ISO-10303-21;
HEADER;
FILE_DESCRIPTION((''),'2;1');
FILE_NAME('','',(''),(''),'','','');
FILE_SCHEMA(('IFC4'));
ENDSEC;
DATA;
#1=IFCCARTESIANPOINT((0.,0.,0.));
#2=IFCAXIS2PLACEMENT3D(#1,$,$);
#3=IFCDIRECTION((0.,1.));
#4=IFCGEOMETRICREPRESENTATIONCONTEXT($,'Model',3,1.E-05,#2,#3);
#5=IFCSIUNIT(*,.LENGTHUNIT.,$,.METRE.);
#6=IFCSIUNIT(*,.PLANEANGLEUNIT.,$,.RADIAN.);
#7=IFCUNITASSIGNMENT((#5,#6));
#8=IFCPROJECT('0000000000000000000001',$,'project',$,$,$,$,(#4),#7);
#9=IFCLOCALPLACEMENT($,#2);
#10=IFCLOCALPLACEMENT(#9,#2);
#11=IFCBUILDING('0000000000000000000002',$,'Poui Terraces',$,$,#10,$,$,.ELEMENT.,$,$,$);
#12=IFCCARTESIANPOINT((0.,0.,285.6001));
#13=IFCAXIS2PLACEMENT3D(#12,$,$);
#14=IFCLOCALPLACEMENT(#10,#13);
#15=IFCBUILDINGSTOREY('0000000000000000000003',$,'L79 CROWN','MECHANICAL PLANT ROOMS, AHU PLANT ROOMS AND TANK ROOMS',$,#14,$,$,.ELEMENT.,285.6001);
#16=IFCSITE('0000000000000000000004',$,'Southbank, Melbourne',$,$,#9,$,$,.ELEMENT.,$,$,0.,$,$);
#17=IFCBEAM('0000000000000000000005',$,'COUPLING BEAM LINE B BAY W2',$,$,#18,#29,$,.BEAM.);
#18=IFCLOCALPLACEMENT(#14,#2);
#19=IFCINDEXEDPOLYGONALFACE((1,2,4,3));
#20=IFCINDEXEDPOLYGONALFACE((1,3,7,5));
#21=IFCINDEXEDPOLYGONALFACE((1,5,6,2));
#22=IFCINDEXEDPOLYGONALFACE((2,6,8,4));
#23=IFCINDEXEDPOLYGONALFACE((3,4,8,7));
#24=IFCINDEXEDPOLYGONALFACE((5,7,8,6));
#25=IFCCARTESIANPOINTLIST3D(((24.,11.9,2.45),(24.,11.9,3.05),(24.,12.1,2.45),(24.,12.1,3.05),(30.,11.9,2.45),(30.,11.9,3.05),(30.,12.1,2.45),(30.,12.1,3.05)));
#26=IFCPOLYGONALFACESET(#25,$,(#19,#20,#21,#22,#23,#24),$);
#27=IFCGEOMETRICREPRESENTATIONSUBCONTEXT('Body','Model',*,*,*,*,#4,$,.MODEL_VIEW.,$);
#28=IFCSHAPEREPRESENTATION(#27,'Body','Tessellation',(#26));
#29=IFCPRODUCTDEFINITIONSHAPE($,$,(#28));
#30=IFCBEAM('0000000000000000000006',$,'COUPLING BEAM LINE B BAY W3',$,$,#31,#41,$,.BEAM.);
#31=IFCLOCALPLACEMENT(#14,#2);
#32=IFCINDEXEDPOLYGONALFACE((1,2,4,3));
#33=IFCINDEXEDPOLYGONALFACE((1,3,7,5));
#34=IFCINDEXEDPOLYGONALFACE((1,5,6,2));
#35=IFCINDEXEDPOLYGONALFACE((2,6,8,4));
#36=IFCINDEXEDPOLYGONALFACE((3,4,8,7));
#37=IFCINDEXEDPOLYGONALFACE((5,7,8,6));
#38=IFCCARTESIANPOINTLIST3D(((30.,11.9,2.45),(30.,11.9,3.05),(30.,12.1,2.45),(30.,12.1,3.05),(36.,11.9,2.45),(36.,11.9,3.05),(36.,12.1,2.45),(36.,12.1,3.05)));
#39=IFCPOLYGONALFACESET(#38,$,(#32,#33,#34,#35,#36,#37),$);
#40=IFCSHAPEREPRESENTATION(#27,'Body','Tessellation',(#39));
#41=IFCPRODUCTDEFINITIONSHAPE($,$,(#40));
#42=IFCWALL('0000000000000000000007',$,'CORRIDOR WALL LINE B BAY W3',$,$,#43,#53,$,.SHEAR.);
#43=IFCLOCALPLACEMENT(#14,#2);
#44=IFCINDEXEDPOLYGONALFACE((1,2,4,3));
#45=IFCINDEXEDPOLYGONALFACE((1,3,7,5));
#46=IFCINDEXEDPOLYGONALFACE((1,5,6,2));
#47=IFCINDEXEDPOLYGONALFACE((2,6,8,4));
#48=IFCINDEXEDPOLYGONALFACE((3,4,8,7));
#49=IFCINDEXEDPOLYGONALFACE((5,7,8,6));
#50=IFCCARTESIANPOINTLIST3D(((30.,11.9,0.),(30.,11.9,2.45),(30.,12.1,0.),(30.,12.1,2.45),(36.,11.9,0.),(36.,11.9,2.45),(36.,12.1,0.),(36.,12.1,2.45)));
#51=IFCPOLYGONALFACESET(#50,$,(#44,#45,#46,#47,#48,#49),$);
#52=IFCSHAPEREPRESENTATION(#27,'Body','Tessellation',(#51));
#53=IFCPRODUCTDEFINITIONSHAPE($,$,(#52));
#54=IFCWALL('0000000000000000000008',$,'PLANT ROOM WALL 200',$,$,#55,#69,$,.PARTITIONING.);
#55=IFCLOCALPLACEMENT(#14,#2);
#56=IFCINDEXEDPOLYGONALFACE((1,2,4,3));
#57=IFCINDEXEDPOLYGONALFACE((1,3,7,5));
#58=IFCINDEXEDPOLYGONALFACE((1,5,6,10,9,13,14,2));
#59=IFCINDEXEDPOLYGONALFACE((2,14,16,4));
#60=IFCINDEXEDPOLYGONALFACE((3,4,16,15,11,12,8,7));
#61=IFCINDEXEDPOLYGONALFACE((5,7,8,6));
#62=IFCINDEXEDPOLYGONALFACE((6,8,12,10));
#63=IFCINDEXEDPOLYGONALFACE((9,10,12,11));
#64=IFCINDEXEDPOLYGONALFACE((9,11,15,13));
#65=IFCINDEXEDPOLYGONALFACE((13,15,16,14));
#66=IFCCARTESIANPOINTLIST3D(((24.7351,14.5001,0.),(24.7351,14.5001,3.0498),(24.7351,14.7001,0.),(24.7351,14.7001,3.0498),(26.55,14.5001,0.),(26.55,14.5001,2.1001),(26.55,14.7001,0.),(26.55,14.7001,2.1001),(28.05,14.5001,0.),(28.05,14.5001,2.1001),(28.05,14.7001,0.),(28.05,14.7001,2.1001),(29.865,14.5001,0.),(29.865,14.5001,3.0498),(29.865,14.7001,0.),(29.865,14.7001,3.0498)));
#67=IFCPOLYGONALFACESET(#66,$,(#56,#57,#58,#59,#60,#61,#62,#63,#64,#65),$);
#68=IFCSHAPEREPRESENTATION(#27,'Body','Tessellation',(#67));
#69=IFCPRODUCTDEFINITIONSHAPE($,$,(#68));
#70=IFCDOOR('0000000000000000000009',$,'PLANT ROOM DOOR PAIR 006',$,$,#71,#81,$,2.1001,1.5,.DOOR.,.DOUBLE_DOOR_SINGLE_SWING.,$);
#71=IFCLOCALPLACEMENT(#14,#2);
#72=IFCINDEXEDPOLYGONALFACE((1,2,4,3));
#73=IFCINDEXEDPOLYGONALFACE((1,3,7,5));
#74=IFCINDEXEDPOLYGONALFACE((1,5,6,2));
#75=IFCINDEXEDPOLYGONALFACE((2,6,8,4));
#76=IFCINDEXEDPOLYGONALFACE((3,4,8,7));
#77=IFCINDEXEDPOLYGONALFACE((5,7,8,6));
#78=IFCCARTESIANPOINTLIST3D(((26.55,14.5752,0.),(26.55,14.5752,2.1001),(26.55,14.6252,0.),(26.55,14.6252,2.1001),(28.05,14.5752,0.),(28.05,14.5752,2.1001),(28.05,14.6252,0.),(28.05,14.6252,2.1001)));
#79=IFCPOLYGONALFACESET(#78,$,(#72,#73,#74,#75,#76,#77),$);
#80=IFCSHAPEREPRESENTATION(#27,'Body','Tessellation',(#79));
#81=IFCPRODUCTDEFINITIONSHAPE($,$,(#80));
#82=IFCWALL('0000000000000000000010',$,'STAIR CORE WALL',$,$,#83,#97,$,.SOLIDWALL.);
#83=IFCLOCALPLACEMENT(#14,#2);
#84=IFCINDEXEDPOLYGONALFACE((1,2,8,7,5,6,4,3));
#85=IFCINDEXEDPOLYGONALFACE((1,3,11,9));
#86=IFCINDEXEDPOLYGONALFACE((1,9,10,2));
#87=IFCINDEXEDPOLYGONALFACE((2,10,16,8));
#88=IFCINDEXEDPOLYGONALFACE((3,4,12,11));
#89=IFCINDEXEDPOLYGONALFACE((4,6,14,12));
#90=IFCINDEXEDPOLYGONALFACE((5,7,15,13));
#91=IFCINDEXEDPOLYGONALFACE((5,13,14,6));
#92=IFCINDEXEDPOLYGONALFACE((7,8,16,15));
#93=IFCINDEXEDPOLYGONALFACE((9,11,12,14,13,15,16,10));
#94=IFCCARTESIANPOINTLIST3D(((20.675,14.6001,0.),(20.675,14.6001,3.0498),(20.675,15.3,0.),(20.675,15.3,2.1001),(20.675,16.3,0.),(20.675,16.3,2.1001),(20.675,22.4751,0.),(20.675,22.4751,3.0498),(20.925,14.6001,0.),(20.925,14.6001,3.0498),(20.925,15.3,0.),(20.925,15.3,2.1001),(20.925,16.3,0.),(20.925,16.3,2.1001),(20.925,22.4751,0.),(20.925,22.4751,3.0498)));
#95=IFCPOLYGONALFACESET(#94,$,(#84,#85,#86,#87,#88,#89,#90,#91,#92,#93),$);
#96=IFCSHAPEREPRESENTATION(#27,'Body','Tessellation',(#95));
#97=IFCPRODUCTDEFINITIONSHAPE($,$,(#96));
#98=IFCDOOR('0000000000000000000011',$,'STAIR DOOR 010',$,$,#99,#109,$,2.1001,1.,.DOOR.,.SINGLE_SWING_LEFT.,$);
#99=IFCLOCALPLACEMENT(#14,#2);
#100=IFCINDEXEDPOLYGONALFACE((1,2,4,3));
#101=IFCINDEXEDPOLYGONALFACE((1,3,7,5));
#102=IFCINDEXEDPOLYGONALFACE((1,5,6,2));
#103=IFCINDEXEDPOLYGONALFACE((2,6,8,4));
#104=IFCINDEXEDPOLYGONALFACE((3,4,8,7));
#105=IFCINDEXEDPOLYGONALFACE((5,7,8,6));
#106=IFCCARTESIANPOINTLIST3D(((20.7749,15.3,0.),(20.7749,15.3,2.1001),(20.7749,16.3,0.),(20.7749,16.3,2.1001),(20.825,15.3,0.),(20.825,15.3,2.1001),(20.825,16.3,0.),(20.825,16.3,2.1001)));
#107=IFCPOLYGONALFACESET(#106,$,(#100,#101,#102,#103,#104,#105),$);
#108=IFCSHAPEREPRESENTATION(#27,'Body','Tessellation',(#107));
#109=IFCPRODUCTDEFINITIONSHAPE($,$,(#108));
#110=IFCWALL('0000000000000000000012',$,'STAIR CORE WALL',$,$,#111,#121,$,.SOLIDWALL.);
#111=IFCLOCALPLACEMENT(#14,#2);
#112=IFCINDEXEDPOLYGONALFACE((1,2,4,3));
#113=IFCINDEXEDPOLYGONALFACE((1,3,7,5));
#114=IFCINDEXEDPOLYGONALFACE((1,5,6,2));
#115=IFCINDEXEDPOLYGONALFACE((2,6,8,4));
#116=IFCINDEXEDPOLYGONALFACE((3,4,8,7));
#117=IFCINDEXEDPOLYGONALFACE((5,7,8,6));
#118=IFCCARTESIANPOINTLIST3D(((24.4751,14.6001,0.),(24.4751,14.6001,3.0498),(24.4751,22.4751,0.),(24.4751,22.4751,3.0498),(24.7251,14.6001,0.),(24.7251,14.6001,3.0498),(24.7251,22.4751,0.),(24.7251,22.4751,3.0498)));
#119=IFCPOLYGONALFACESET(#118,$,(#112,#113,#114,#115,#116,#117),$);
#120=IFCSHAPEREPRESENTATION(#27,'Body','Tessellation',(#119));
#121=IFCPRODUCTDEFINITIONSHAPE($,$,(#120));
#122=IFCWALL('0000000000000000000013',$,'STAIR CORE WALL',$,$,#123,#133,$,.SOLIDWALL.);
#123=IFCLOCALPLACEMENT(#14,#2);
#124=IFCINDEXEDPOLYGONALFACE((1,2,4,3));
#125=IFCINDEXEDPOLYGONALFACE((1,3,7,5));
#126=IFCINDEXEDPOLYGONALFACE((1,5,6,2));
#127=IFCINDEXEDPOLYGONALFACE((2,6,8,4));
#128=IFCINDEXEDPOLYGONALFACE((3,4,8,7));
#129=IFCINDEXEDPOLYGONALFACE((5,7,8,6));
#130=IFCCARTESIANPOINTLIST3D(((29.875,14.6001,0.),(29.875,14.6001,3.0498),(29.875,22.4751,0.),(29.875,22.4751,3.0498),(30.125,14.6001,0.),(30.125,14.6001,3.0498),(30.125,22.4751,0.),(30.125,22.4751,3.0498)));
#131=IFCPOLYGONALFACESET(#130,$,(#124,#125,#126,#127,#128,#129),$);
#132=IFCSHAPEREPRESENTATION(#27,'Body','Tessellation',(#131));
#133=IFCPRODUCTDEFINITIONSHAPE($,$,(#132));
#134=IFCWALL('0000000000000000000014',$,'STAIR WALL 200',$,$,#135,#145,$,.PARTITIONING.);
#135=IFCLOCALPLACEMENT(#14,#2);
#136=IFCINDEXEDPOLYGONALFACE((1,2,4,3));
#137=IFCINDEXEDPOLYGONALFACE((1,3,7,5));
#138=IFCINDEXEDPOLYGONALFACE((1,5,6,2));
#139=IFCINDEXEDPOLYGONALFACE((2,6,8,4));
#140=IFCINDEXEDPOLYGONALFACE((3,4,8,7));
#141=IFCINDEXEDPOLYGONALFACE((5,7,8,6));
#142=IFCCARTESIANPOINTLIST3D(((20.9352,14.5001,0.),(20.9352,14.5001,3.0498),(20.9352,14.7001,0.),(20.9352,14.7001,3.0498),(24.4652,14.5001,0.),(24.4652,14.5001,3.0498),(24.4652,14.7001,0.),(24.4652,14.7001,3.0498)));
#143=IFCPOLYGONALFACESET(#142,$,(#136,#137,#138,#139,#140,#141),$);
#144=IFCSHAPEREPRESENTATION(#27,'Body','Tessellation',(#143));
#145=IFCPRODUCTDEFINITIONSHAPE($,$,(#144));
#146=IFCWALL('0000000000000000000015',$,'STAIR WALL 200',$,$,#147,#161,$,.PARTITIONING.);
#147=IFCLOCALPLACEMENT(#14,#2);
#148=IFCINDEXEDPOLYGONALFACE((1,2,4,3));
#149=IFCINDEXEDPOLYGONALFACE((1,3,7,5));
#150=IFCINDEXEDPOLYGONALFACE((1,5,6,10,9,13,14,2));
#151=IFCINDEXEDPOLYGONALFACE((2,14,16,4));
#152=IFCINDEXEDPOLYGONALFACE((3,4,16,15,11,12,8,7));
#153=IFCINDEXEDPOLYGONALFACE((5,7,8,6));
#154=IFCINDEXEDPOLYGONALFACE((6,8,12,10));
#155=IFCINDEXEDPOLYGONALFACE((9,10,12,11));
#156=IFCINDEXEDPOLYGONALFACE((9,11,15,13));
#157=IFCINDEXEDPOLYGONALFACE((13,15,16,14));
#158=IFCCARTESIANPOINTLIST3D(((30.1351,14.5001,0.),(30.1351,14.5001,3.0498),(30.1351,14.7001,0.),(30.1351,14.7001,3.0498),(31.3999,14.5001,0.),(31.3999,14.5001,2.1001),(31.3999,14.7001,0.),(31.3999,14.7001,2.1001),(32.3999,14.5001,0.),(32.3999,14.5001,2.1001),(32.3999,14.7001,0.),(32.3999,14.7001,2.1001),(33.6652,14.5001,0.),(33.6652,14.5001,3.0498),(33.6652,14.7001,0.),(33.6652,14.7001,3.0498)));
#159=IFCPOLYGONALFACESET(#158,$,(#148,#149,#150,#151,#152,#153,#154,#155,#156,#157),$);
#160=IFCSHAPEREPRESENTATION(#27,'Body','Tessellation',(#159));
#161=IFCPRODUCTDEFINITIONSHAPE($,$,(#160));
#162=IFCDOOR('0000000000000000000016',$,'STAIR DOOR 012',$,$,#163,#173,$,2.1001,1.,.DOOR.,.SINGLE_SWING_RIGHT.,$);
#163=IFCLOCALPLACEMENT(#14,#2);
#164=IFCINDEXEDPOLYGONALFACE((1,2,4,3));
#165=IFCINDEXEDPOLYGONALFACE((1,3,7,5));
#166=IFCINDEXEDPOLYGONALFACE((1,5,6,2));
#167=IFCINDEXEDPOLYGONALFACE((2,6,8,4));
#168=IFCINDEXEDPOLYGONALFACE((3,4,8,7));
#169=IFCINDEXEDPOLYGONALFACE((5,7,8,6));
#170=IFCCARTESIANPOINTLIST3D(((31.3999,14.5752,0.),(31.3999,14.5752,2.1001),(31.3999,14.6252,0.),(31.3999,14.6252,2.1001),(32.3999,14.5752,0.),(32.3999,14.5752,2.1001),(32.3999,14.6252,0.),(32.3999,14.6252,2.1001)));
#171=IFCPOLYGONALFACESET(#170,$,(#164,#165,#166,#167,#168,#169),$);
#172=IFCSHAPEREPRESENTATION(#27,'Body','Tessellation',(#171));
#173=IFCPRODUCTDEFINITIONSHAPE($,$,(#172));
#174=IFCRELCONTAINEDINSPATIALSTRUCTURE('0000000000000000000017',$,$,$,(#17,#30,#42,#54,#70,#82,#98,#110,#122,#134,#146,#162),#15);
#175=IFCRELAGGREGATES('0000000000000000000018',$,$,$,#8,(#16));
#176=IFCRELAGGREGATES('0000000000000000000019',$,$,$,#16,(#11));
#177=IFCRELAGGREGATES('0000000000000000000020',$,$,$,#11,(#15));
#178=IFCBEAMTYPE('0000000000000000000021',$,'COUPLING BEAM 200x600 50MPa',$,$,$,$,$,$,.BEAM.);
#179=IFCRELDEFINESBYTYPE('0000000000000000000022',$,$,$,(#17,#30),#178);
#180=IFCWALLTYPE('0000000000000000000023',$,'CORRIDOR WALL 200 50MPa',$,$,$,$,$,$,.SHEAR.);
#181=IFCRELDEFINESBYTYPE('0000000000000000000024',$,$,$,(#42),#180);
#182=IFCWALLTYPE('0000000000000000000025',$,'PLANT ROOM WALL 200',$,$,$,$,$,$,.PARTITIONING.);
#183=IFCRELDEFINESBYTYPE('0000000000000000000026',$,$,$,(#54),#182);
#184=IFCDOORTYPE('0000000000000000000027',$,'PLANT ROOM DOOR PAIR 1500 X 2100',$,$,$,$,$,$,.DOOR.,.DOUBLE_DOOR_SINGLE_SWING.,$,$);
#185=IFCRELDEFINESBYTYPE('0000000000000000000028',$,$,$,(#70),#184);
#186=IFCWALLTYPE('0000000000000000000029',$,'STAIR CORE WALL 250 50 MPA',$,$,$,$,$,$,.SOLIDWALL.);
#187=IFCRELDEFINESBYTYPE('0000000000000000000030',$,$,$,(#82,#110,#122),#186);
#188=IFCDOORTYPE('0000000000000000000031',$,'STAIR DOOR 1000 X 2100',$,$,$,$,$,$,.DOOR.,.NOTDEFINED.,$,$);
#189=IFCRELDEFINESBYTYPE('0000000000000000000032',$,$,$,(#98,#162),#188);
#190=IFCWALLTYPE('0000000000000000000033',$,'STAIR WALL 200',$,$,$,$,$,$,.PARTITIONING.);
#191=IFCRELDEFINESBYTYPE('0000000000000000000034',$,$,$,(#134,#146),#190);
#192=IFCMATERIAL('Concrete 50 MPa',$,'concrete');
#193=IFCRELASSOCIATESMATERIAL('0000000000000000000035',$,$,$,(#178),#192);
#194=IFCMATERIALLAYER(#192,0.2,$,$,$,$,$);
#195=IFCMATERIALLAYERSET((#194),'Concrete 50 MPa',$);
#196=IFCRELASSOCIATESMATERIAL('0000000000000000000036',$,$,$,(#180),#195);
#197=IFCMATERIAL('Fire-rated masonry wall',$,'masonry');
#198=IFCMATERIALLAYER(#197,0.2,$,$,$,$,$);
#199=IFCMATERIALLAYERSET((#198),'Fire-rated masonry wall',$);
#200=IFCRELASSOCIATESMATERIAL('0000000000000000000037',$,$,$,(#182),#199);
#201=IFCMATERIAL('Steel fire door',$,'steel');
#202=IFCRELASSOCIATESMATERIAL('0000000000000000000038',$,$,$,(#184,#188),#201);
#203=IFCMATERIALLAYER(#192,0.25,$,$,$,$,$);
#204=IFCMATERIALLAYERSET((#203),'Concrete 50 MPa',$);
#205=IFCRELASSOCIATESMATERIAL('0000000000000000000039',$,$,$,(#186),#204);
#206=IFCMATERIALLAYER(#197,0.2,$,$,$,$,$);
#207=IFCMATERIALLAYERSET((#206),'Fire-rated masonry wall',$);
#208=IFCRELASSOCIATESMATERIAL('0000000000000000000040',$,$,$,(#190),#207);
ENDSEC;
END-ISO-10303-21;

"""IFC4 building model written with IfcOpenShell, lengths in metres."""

from ifc_helpers import new_model, si_unit, direction, frame, frame_2d, origin, origin_2d, place, context, subcontext, project, spatial, rectangle, extrude, source, transform, mapped, material, layer, layer_set, material_profile, profile_set, type_object, element, fill, save


model = new_model("IFC4")

# Units and contexts
model_context = context("Model", 3, precision=1e-05, world=origin(), true_north=direction((0.0, 1.0)))
body_context = subcontext(model_context, "Body", "Model", "MODEL_VIEW")
ifc_project = project(units=[si_unit("LENGTHUNIT", "METRE"), si_unit("PLANEANGLEUNIT", "RADIAN")], contexts=[model_context])

# Site, building, storey
site_placement = place(None, origin())
site = spatial("IfcSite", under=ifc_project, at=site_placement, Name="Southbank, Melbourne", CompositionType="ELEMENT", RefElevation=0.0)
building_placement = place(site_placement, origin())
building = spatial("IfcBuilding", under=site, at=building_placement, Name="Poui Terraces", CompositionType="ELEMENT")
storey_placement = place(building_placement, frame((0.0, 0.0, 285.6001)))
storey = spatial("IfcBuildingStorey", under=building, at=storey_placement, Name="L79 CROWN", Description="MECHANICAL PLANT ROOMS, AHU PLANT ROOMS AND TANK ROOMS", CompositionType="ELEMENT", Elevation=285.6001)

# Beams
ifc_material_1 = material(Name="Concrete 50 MPa", Category="concrete")
ifc_material_profile = material_profile(ifc_material_1, rectangle(XDim=0.2, YDim=0.6001, at=origin_2d()), Name="RC 200x600")
ifc_profile_set = profile_set([ifc_material_profile], Name="Concrete 50 MPa")
beam_type = type_object("IfcBeamType", Name="COUPLING BEAM 200x600 50MPa", PredefinedType="BEAM", material=ifc_profile_set)
shared_shape = source(origin(), body_context, "Body", "SweptSolid", [
    extrude(rectangle(XDim=0.2, YDim=0.6001, at=origin_2d()), origin(), (0.0, 0.0, 1.0), 6.0),
])
for number, where, z_axis, x_axis, name in (
    (1, (24.0, 12.0, 2.75), (1.0, 0.0, 0.0), (0.0, 1.0, 0.0), "COUPLING BEAM LINE B BAY W2"),
    (2, (30.0, 12.0, 2.75), (1.0, 0.0, 0.0), (0.0, 1.0, 0.0), "COUPLING BEAM LINE B BAY W3"),
):
    element("IfcBeam", number, at=place(storey_placement, frame(where, z_axis=z_axis, x_axis=x_axis)), inside=storey, type_object=beam_type, Name=name, PredefinedType="BEAM", context=body_context, shape_type="MappedRepresentation", body=[
        mapped(shared_shape, transform((0.0, 0.0, 0.0))),
    ])

# Wall
ifc_layer_1 = layer(ifc_material_1, 0.2)
ifc_layer_set_1 = layer_set([ifc_layer_1], Name="Concrete 50 MPa")
wall_type_1 = type_object("IfcWallType", Name="CORRIDOR WALL 200 50MPa", PredefinedType="SHEAR", material=ifc_layer_set_1)
wall_1_placement = place(storey_placement, frame((30.0, 12.0, 0.0), z_axis=(0.0, 0.0, 1.0), x_axis=(1.0, 0.0, 0.0)))
element("IfcWall", 3, at=wall_1_placement, inside=storey, type_object=wall_type_1, Name="CORRIDOR WALL LINE B BAY W3", PredefinedType="SHEAR", context=body_context, shape_type="SweptSolid", body=[
    extrude(rectangle(XDim=6.0, YDim=0.2, at=frame_2d((3.0, 0.0))), origin(), (0.0, 0.0, 1.0), 2.45),
])

# Walls, openings, doors
ifc_material_2 = material(Name="Fire-rated masonry wall", Category="masonry")
ifc_layer_2 = layer(ifc_material_2, 0.2)
ifc_layer_set_2 = layer_set([ifc_layer_2], Name="Fire-rated masonry wall")
wall_type_2 = type_object("IfcWallType", Name="PLANT ROOM WALL 200", PredefinedType="PARTITIONING", material=ifc_layer_set_2)
wall_2_placement = place(storey_placement, frame((24.7351, 14.6001, 0.0), z_axis=(0.0, 0.0, 1.0), x_axis=(1.0, 0.0, 0.0)))
wall_2 = element("IfcWall", 4, at=wall_2_placement, inside=storey, type_object=wall_type_2, Name="PLANT ROOM WALL 200", PredefinedType="PARTITIONING", context=body_context, shape_type="SweptSolid", body=[
    extrude(rectangle(XDim=5.1299, YDim=0.2, at=frame_2d((2.5649, 0.0))), origin(), (0.0, 0.0, 1.0), 3.0498),
])
opening_1_placement = place(wall_2_placement, frame((1.8149, 0.0, 0.0)))
opening_1 = element("IfcOpeningElement", 5, at=opening_1_placement, cuts=wall_2, PredefinedType="OPENING", context=body_context, shape_type="SweptSolid", body=[
    extrude(rectangle(XDim=1.5, YDim=2.1001, at=frame_2d((0.75, 1.05))), frame((0.0, 0.1099, 0.0), z_axis=(0.0, -1.0, 0.0), x_axis=(1.0, 0.0, 0.0)), (0.0, 0.0, 1.0), 0.22),
])
ifc_material_3 = material(Name="Steel fire door", Category="steel")
door_type_1 = type_object("IfcDoorType", Name="PLANT ROOM DOOR PAIR 1500 X 2100", OperationType="DOUBLE_DOOR_SINGLE_SWING", PredefinedType="DOOR", material=ifc_material_3)
door_1_placement = place(opening_1_placement, frame((1.5, 0.0, 0.0), z_axis=(0.0, 0.0, 1.0), x_axis=(-1.0, 0.0, 0.0)))
door_1 = element("IfcDoor", 6, at=door_1_placement, inside=storey, type_object=door_type_1, Name="PLANT ROOM DOOR PAIR 006", OperationType="DOUBLE_DOOR_SINGLE_SWING", OverallHeight=2.1001, OverallWidth=1.5, PredefinedType="DOOR", context=body_context, shape_type="SweptSolid", body=[
    extrude(rectangle(XDim=1.5, YDim=2.1001, at=frame_2d((0.75, 1.05))), frame((0.0, 0.0249, 0.0), z_axis=(0.0, -1.0, 0.0), x_axis=(1.0, 0.0, 0.0)), (0.0, 0.0, 1.0), 0.05),
])
fill(opening_1, door_1)
ifc_layer_3 = layer(ifc_material_1, 0.25)
ifc_layer_set_3 = layer_set([ifc_layer_3], Name="Concrete 50 MPa")
wall_type_3 = type_object("IfcWallType", Name="STAIR CORE WALL 250 50 MPA", PredefinedType="SOLIDWALL", material=ifc_layer_set_3)
wall_3_placement = place(storey_placement, frame((20.8, 14.6001, 0.0), z_axis=(0.0, 0.0, 1.0), x_axis=(0.0, 1.0, 0.0)))
wall_3 = element("IfcWall", 7, at=wall_3_placement, inside=storey, type_object=wall_type_3, Name="STAIR CORE WALL", PredefinedType="SOLIDWALL", context=body_context, shape_type="SweptSolid", body=[
    extrude(rectangle(XDim=7.875, YDim=0.25, at=frame_2d((3.9375, 0.0))), origin(), (0.0, 0.0, 1.0), 3.0498),
])
opening_2_placement = place(wall_3_placement, frame((0.7, 0.0, 0.0)))
opening_2 = element("IfcOpeningElement", 8, at=opening_2_placement, cuts=wall_3, PredefinedType="OPENING", context=body_context, shape_type="SweptSolid", body=[
    extrude(rectangle(XDim=1.0, YDim=2.1001, at=frame_2d((0.5, 1.05))), frame((0.0, 0.135, 0.0), z_axis=(0.0, -1.0, 0.0), x_axis=(1.0, 0.0, 0.0)), (0.0, 0.0, 1.0), 0.27),
])
door_type_2 = type_object("IfcDoorType", Name="STAIR DOOR 1000 X 2100", OperationType="NOTDEFINED", PredefinedType="DOOR", material=ifc_material_3)
door_2_placement = place(opening_2_placement, frame((1.0, 0.0, 0.0), z_axis=(0.0, 0.0, 1.0), x_axis=(-1.0, 0.0, 0.0)))
door_2 = element("IfcDoor", 9, at=door_2_placement, inside=storey, type_object=door_type_2, Name="STAIR DOOR 010", OperationType="SINGLE_SWING_LEFT", OverallHeight=2.1001, OverallWidth=1.0, PredefinedType="DOOR", context=body_context, shape_type="SweptSolid", body=[
    extrude(rectangle(XDim=1.0, YDim=2.1001, at=frame_2d((0.5, 1.05))), frame((0.0, 0.0249, 0.0), z_axis=(0.0, -1.0, 0.0), x_axis=(1.0, 0.0, 0.0)), (0.0, 0.0, 1.0), 0.05),
])
fill(opening_2, door_2)

# Walls
for number, where, z_axis, x_axis, name in (
    (10, (24.6001, 14.6001, 0.0), (0.0, 0.0, 1.0), (0.0, 1.0, 0.0), "STAIR CORE WALL"),
    (11, (30.0, 14.6001, 0.0), (0.0, 0.0, 1.0), (0.0, 1.0, 0.0), "STAIR CORE WALL"),
):
    element("IfcWall", number, at=place(storey_placement, frame(where, z_axis=z_axis, x_axis=x_axis)), inside=storey, type_object=wall_type_3, Name=name, PredefinedType="SOLIDWALL", context=body_context, shape_type="SweptSolid", body=[
        extrude(rectangle(XDim=7.875, YDim=0.25, at=frame_2d((3.9375, 0.0))), origin(), (0.0, 0.0, 1.0), 3.0498),
    ])
ifc_layer_4 = layer(ifc_material_2, 0.2)
ifc_layer_set_4 = layer_set([ifc_layer_4], Name="Fire-rated masonry wall")
wall_type_4 = type_object("IfcWallType", Name="STAIR WALL 200", PredefinedType="PARTITIONING", material=ifc_layer_set_4)
wall_4_placement = place(storey_placement, frame((20.9351, 14.6001, 0.0), z_axis=(0.0, 0.0, 1.0), x_axis=(1.0, 0.0, 0.0)))
element("IfcWall", 12, at=wall_4_placement, inside=storey, type_object=wall_type_4, Name="STAIR WALL 200", PredefinedType="PARTITIONING", context=body_context, shape_type="SweptSolid", body=[
    extrude(rectangle(XDim=3.53, YDim=0.2, at=frame_2d((1.7651, 0.0))), origin(), (0.0, 0.0, 1.0), 3.0498),
])

# Wall, opening, door
wall_5_placement = place(storey_placement, frame((30.135, 14.6001, 0.0), z_axis=(0.0, 0.0, 1.0), x_axis=(1.0, 0.0, 0.0)))
wall_5 = element("IfcWall", 13, at=wall_5_placement, inside=storey, type_object=wall_type_4, Name="STAIR WALL 200", PredefinedType="PARTITIONING", context=body_context, shape_type="SweptSolid", body=[
    extrude(rectangle(XDim=3.53, YDim=0.2, at=frame_2d((1.7651, 0.0))), origin(), (0.0, 0.0, 1.0), 3.0498),
])
opening_3_placement = place(wall_5_placement, frame((1.2649, 0.0, 0.0)))
opening_3 = element("IfcOpeningElement", 14, at=opening_3_placement, cuts=wall_5, PredefinedType="OPENING", context=body_context, shape_type="SweptSolid", body=[
    extrude(rectangle(XDim=1.0, YDim=2.1001, at=frame_2d((0.5, 1.05))), frame((0.0, 0.1099, 0.0), z_axis=(0.0, -1.0, 0.0), x_axis=(1.0, 0.0, 0.0)), (0.0, 0.0, 1.0), 0.22),
])
door_3_placement = place(opening_3_placement, frame((1.0, 0.0, 0.0), z_axis=(0.0, 0.0, 1.0), x_axis=(-1.0, 0.0, 0.0)))
door_3 = element("IfcDoor", 15, at=door_3_placement, inside=storey, type_object=door_type_2, Name="STAIR DOOR 012", OperationType="SINGLE_SWING_RIGHT", OverallHeight=2.1001, OverallWidth=1.0, PredefinedType="DOOR", context=body_context, shape_type="SweptSolid", body=[
    extrude(rectangle(XDim=1.0, YDim=2.1001, at=frame_2d((0.5, 1.05))), frame((0.0, 0.0249, 0.0), z_axis=(0.0, -1.0, 0.0), x_axis=(1.0, 0.0, 0.0)), (0.0, 0.0, 1.0), 0.05),
])
fill(opening_3, door_3)

save(model, "model.ifc")
